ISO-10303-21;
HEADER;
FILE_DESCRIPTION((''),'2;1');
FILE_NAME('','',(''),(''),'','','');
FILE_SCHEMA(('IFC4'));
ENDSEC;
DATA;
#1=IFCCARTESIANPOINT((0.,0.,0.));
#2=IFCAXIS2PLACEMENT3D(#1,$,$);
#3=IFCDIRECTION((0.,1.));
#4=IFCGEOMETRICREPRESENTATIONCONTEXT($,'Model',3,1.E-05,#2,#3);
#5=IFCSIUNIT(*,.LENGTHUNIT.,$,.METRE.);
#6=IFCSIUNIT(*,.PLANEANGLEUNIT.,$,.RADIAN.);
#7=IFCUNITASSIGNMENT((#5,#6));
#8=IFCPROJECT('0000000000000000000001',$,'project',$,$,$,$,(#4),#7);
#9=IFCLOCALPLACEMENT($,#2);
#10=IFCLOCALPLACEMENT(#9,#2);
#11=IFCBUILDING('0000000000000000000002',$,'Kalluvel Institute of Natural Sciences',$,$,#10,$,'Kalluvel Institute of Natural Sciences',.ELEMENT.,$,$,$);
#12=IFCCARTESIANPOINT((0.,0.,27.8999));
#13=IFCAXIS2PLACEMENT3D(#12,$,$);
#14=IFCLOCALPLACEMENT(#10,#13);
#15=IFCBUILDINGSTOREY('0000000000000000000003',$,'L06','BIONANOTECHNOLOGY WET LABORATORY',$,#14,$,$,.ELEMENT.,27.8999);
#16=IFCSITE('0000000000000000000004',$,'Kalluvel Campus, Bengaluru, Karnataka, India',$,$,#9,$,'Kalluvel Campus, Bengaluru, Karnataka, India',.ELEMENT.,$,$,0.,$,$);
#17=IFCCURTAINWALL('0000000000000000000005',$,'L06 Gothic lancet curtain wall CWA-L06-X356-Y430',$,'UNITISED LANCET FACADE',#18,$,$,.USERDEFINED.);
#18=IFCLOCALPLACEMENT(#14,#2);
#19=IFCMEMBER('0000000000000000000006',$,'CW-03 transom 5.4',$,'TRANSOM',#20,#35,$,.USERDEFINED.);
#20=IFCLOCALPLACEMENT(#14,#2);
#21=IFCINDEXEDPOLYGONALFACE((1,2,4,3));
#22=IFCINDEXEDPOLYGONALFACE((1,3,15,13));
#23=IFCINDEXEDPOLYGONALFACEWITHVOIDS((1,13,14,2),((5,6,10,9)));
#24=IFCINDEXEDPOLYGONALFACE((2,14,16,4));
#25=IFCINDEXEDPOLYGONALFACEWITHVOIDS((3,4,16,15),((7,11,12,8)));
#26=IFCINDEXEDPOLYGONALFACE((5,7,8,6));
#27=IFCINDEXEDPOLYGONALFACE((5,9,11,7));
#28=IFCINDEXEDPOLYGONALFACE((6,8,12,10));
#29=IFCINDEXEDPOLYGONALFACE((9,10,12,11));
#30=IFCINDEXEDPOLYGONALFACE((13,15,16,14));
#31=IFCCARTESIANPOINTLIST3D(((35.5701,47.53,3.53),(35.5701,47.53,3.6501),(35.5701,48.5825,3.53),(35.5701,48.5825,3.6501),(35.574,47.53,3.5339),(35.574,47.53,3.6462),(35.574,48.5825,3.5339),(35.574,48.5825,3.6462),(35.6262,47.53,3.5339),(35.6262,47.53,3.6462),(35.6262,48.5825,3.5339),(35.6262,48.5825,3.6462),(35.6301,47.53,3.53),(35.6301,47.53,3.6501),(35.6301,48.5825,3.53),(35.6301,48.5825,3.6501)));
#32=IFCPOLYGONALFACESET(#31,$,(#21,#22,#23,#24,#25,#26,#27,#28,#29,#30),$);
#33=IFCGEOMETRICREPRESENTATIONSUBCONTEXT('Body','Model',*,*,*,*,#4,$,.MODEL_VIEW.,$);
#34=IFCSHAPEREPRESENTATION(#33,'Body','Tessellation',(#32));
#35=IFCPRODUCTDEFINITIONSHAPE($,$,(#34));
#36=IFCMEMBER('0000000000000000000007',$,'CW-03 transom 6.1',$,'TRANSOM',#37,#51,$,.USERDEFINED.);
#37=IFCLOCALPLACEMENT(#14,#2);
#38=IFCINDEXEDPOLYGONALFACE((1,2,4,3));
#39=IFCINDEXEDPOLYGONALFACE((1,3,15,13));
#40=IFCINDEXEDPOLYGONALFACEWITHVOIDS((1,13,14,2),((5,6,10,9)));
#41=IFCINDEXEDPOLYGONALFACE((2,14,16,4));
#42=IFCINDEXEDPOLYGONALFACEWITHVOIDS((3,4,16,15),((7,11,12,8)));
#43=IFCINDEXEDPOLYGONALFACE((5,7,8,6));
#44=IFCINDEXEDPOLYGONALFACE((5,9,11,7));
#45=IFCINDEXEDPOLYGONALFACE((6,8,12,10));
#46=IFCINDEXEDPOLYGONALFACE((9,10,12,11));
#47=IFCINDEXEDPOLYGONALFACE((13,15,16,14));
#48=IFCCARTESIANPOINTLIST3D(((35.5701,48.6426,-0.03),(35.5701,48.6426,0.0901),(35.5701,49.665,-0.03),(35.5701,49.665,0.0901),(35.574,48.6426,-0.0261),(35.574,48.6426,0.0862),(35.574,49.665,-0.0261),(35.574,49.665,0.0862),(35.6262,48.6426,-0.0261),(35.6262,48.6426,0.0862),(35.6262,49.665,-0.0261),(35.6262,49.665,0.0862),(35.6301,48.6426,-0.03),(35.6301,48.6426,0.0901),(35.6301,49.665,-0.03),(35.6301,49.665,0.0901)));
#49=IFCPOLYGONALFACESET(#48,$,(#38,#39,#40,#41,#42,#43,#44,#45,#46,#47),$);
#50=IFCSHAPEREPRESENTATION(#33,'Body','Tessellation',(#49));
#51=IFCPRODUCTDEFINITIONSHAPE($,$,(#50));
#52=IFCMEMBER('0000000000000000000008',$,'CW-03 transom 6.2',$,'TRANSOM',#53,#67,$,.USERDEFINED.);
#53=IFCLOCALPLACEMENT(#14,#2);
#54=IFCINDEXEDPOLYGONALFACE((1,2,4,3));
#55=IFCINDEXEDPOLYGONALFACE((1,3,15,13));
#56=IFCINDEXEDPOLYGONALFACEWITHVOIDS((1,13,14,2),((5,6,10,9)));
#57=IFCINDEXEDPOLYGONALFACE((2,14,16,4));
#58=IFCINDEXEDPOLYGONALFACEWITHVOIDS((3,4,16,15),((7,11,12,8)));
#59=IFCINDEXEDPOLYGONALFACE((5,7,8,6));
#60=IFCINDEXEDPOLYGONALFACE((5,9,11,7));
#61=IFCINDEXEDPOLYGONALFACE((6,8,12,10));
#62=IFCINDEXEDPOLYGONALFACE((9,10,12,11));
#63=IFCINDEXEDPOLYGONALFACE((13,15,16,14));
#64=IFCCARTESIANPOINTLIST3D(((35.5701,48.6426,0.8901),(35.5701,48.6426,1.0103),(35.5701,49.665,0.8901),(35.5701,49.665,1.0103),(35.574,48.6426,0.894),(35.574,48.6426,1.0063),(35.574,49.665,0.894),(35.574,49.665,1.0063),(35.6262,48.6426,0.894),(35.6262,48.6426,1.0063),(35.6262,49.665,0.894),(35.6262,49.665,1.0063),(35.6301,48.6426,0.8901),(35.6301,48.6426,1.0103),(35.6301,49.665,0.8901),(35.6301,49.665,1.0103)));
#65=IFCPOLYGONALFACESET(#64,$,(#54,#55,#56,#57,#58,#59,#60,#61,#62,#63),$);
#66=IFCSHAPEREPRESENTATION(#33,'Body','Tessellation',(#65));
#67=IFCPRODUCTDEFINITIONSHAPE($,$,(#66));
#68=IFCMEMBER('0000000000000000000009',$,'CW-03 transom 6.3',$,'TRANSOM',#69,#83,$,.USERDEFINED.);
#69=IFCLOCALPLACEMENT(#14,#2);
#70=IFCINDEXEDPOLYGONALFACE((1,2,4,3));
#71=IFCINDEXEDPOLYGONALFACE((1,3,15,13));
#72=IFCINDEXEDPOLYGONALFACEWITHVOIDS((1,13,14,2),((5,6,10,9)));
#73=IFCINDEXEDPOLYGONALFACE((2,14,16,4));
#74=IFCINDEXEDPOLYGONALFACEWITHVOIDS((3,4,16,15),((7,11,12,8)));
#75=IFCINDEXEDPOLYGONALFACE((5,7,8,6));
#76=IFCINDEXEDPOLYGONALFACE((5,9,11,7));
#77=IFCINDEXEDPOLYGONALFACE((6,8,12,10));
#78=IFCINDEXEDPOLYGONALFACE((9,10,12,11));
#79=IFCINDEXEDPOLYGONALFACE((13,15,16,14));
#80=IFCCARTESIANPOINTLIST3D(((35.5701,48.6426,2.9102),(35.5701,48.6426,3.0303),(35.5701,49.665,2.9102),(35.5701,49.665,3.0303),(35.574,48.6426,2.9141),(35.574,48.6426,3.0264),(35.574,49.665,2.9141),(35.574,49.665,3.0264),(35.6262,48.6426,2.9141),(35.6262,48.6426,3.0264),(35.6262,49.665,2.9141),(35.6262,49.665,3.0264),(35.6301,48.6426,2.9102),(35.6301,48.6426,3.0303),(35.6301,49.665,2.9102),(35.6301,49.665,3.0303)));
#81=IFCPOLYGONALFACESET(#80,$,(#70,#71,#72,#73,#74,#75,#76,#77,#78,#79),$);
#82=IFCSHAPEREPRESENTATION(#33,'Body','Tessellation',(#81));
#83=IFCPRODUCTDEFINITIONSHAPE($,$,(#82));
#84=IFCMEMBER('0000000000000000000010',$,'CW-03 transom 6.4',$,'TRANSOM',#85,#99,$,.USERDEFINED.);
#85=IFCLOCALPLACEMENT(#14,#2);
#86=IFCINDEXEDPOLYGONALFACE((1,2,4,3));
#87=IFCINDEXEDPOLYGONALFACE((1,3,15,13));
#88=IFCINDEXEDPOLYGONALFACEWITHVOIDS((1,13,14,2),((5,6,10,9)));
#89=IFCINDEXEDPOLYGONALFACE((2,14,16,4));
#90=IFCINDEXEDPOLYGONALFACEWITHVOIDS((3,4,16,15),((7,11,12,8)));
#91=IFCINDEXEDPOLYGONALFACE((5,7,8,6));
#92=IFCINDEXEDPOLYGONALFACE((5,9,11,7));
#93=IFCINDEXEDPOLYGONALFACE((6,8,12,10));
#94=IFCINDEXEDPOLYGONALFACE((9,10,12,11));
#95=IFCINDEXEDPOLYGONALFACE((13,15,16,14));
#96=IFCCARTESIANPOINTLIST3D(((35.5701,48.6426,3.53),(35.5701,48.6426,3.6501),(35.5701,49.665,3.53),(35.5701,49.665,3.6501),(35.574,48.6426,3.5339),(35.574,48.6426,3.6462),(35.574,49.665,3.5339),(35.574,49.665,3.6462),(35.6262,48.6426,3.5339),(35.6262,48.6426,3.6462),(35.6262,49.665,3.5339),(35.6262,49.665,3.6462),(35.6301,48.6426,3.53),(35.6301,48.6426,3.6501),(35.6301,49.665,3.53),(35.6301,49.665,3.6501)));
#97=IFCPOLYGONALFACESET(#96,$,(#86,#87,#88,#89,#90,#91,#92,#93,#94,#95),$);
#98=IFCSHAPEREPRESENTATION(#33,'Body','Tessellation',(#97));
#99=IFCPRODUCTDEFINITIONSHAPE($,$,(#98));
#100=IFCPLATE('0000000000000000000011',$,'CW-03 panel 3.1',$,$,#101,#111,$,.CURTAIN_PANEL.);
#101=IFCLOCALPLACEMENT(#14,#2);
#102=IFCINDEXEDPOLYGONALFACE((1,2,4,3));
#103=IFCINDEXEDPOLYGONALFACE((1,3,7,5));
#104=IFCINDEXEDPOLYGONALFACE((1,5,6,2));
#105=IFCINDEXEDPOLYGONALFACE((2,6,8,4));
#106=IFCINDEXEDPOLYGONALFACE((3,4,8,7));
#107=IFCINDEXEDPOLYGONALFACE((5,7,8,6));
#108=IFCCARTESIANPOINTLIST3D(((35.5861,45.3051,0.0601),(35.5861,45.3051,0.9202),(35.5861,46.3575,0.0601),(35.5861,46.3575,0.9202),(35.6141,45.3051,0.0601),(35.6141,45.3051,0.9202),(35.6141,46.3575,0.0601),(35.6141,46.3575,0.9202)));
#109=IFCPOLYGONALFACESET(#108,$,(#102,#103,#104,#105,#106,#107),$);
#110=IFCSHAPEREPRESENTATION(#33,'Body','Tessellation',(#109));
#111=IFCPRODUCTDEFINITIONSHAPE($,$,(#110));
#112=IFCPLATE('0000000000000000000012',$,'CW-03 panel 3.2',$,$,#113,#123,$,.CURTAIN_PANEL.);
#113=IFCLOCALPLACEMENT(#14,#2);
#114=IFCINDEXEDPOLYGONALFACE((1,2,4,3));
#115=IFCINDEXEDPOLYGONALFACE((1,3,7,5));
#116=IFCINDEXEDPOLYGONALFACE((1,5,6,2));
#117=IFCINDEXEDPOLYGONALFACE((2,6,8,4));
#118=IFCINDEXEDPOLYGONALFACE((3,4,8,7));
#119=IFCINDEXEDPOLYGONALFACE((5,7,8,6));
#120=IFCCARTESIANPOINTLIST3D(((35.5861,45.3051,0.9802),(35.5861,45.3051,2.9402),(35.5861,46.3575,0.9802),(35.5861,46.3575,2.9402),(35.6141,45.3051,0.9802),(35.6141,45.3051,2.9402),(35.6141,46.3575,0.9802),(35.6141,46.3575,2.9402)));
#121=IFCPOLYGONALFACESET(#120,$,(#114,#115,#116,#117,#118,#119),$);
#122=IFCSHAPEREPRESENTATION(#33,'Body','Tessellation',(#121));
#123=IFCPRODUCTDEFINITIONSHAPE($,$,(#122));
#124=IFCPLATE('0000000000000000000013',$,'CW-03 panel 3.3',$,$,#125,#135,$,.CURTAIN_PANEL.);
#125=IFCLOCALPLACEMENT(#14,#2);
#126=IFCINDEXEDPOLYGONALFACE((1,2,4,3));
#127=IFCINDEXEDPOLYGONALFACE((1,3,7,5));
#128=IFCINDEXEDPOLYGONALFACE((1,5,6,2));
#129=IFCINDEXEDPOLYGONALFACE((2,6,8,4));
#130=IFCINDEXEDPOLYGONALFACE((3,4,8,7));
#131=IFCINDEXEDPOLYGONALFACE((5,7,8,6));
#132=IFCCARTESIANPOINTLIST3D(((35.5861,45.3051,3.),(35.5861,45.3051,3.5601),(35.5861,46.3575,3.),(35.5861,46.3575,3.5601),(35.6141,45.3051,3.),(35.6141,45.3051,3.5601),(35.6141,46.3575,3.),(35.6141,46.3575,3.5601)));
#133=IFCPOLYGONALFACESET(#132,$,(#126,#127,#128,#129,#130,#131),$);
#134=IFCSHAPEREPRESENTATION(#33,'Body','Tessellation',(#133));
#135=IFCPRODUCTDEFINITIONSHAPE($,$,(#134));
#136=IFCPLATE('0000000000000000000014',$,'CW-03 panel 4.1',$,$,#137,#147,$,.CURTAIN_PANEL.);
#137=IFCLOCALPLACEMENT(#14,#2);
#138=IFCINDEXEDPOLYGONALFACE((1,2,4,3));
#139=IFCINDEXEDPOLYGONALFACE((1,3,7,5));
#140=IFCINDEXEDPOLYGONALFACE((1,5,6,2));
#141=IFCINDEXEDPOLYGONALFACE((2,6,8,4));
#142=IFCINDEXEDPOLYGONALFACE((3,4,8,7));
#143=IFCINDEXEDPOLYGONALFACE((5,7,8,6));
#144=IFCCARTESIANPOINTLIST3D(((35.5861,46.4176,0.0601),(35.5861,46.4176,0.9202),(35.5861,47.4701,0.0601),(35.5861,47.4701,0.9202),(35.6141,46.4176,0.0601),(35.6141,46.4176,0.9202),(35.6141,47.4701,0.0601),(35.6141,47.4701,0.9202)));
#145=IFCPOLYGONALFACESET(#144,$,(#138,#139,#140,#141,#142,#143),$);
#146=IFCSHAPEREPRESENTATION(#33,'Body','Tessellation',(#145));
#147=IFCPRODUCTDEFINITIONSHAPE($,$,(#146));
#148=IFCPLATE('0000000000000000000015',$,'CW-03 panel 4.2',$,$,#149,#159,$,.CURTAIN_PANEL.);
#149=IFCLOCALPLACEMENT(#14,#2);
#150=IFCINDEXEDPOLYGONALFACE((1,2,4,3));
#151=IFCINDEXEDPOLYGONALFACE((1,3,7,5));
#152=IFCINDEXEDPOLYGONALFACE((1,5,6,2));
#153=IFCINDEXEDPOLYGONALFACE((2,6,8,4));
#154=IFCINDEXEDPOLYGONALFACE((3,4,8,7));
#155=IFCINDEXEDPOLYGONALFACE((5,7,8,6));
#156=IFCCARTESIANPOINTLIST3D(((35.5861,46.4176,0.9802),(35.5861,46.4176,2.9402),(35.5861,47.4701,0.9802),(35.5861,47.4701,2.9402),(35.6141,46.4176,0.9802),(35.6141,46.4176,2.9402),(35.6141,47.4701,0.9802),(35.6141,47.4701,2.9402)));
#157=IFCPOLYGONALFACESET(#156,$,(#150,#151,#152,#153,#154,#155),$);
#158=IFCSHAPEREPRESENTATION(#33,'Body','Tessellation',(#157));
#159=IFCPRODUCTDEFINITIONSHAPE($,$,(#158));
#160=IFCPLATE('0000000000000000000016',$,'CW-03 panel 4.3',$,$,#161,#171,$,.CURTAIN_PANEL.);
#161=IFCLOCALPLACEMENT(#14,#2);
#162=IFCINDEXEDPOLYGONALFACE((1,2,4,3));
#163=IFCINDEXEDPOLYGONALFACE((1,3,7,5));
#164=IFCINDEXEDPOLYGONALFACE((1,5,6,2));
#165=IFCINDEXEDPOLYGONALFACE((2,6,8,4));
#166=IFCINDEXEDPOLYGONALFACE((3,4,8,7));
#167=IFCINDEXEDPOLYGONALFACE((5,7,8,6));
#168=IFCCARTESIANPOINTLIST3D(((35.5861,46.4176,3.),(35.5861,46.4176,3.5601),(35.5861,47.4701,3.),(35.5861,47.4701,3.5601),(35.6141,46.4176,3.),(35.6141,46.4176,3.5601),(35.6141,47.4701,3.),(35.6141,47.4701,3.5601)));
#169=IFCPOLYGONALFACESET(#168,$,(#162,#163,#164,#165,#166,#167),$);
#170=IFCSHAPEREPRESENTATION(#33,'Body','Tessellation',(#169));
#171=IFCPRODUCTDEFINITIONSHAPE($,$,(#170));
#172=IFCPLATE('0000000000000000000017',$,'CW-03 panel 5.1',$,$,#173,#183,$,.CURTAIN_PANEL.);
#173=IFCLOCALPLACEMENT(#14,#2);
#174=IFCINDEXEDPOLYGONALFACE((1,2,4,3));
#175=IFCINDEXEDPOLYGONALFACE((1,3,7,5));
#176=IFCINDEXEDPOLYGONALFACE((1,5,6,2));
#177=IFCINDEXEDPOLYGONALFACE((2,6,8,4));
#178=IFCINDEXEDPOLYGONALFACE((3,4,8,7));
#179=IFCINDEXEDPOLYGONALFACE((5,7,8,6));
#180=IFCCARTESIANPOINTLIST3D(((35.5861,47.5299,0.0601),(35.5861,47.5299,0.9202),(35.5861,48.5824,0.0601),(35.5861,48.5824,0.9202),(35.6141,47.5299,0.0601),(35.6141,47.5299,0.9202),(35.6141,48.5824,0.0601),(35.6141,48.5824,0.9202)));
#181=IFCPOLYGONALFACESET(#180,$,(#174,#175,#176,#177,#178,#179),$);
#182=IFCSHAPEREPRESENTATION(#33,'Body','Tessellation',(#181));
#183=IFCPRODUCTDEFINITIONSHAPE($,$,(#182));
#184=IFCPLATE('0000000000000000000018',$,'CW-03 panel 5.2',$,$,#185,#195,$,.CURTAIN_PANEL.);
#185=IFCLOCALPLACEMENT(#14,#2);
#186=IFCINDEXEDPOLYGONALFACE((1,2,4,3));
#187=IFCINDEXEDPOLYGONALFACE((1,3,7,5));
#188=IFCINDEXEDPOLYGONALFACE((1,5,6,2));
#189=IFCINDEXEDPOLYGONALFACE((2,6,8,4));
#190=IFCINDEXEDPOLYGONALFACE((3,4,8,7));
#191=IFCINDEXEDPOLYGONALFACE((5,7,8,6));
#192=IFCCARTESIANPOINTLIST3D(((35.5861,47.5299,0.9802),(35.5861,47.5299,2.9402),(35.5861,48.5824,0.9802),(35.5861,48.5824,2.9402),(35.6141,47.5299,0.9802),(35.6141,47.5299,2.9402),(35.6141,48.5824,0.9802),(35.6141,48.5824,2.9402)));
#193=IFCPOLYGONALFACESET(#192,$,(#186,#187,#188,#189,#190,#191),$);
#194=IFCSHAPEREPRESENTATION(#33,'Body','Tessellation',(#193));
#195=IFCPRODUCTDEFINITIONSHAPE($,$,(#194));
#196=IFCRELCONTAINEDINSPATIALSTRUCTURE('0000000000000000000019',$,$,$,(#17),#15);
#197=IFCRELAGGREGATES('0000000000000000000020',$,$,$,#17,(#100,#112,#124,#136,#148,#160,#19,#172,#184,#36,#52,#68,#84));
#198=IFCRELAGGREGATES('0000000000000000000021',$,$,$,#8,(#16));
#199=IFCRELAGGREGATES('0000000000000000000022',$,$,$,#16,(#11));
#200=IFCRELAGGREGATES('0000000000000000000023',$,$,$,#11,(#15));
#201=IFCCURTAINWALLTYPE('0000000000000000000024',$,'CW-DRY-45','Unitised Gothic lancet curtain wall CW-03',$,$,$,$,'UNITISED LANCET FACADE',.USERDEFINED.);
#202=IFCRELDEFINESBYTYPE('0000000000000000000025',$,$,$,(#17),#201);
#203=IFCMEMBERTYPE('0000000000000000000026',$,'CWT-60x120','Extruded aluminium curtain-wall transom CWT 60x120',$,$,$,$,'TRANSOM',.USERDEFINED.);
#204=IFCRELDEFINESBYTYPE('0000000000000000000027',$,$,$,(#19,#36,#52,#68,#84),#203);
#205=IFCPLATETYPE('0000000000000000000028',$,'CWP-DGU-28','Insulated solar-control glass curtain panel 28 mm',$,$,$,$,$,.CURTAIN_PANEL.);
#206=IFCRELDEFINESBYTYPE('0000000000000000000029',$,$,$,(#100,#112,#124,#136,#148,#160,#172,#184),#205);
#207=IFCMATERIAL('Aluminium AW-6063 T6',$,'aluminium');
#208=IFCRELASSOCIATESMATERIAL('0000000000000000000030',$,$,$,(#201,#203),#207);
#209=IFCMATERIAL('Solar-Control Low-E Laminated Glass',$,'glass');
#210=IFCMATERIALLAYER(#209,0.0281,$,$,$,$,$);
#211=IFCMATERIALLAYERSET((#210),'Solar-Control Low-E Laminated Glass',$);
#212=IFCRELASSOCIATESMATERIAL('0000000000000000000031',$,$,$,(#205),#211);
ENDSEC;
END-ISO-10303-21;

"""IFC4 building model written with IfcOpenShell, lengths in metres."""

from ifc_helpers import new_model, si_unit, direction, frame, origin, origin_2d, place, context, subcontext, project, spatial, rectangle, hollow_rectangle, extrude, material, layer, layer_set, material_profile, profile_set, type_object, element, aggregate, save


model = new_model("IFC4")

# Units and contexts
model_context = context("Model", 3, precision=1e-05, world=origin(), true_north=direction((0.0, 1.0)))
body_context = subcontext(model_context, "Body", "Model", "MODEL_VIEW")
ifc_project = project(units=[si_unit("LENGTHUNIT", "METRE"), si_unit("PLANEANGLEUNIT", "RADIAN")], contexts=[model_context])

# Site, building, storey
site_placement = place(None, origin())
site = spatial("IfcSite", under=ifc_project, at=site_placement, Name="Kalluvel Campus, Bengaluru, Karnataka, India", LongName="Kalluvel Campus, Bengaluru, Karnataka, India", CompositionType="ELEMENT", RefElevation=0.0)
building_placement = place(site_placement, origin())
building = spatial("IfcBuilding", under=site, at=building_placement, Name="Kalluvel Institute of Natural Sciences", LongName="Kalluvel Institute of Natural Sciences", CompositionType="ELEMENT")
storey_placement = place(building_placement, frame((0.0, 0.0, 27.8999)))
storey = spatial("IfcBuildingStorey", under=building, at=storey_placement, Name="L06", Description="BIONANOTECHNOLOGY WET LABORATORY", CompositionType="ELEMENT", Elevation=27.8999)

# Curtain wall, members, plates
ifc_material_1 = material(Name="Aluminium AW-6063 T6", Category="aluminium")
curtain_wall_type = type_object("IfcCurtainWallType", Name="CW-DRY-45", Description="Unitised Gothic lancet curtain wall CW-03", ElementType="UNITISED LANCET FACADE", PredefinedType="USERDEFINED", material=ifc_material_1)
curtain_wall_placement = place(storey_placement, origin())
curtain_wall = element("IfcCurtainWall", 1, at=curtain_wall_placement, inside=storey, type_object=curtain_wall_type, Name="L06 Gothic lancet curtain wall CWA-L06-X356-Y430", ObjectType="UNITISED LANCET FACADE", PredefinedType="USERDEFINED")
ifc_material_profile_1 = material_profile(ifc_material_1, hollow_rectangle(XDim=0.0601, YDim=0.1201, WallThickness=0.0039, at=origin_2d()), Name="CWT 60x120")
ifc_profile_set_1 = profile_set([ifc_material_profile_1], Name="Aluminium AW-6063 T6")
member_type_1 = type_object("IfcMemberType", Name="CWT-60x120", Description="Extruded aluminium curtain-wall transom CWT 60x120", ElementType="TRANSOM", PredefinedType="USERDEFINED", material=ifc_profile_set_1)
member_1_placement = place(storey_placement, frame((35.6001, 47.53, 3.5901), z_axis=(0.0, 1.0, 0.0), x_axis=(-1.0, 0.0, 0.0)))
member_1 = element("IfcMember", 2, at=member_1_placement, type_object=member_type_1, Name="CW-03 transom 5.4", ObjectType="TRANSOM", PredefinedType="USERDEFINED", context=body_context, shape_type="SweptSolid", body=[
    extrude(hollow_rectangle(XDim=0.0601, YDim=0.1201, WallThickness=0.0039, at=origin_2d()), origin(), (0.0, 0.0, 1.0), 1.0525),
])
member_2_placement = place(storey_placement, frame((35.6001, 48.6426, 0.03), z_axis=(0.0, 1.0, 0.0), x_axis=(-1.0, 0.0, 0.0)))
member_2 = element("IfcMember", 3, at=member_2_placement, type_object=member_type_1, Name="CW-03 transom 6.1", ObjectType="TRANSOM", PredefinedType="USERDEFINED", context=body_context, shape_type="SweptSolid", body=[
    extrude(hollow_rectangle(XDim=0.0601, YDim=0.1201, WallThickness=0.0039, at=origin_2d()), origin(), (0.0, 0.0, 1.0), 1.0225),
])
member_3_placement = place(storey_placement, frame((35.6001, 48.6426, 0.9502), z_axis=(0.0, 1.0, 0.0), x_axis=(-1.0, 0.0, 0.0)))
member_3 = element("IfcMember", 4, at=member_3_placement, type_object=member_type_1, Name="CW-03 transom 6.2", ObjectType="TRANSOM", PredefinedType="USERDEFINED", context=body_context, shape_type="SweptSolid", body=[
    extrude(hollow_rectangle(XDim=0.0601, YDim=0.1201, WallThickness=0.0039, at=origin_2d()), origin(), (0.0, 0.0, 1.0), 1.0225),
])
member_4_placement = place(storey_placement, frame((35.6001, 48.6426, 2.9702), z_axis=(0.0, 1.0, 0.0), x_axis=(-1.0, 0.0, 0.0)))
member_4 = element("IfcMember", 5, at=member_4_placement, type_object=member_type_1, Name="CW-03 transom 6.3", ObjectType="TRANSOM", PredefinedType="USERDEFINED", context=body_context, shape_type="SweptSolid", body=[
    extrude(hollow_rectangle(XDim=0.0601, YDim=0.1201, WallThickness=0.0039, at=origin_2d()), origin(), (0.0, 0.0, 1.0), 1.0225),
])
member_5_placement = place(storey_placement, frame((35.6001, 48.6426, 3.5901), z_axis=(0.0, 1.0, 0.0), x_axis=(-1.0, 0.0, 0.0)))
member_5 = element("IfcMember", 6, at=member_5_placement, type_object=member_type_1, Name="CW-03 transom 6.4", ObjectType="TRANSOM", PredefinedType="USERDEFINED", context=body_context, shape_type="SweptSolid", body=[
    extrude(hollow_rectangle(XDim=0.0601, YDim=0.1201, WallThickness=0.0039, at=origin_2d()), origin(), (0.0, 0.0, 1.0), 1.0225),
])
ifc_material_2 = material(Name="Solar-Control Low-E Laminated Glass", Category="glass")
ifc_layer = layer(ifc_material_2, 0.0281)
ifc_layer_set = layer_set([ifc_layer], Name="Solar-Control Low-E Laminated Glass")
plate_type = type_object("IfcPlateType", Name="CWP-DGU-28", Description="Insulated solar-control glass curtain panel 28 mm", PredefinedType="CURTAIN_PANEL", material=ifc_layer_set)
plate_1_placement = place(storey_placement, frame((35.6001, 45.8313, 0.0601), z_axis=(0.0, 0.0, 1.0), x_axis=(0.0, 1.0, 0.0)))
plate_1 = element("IfcPlate", 7, at=plate_1_placement, type_object=plate_type, Name="CW-03 panel 3.1", PredefinedType="CURTAIN_PANEL", context=body_context, shape_type="SweptSolid", body=[
    extrude(rectangle(XDim=1.0525, YDim=0.0281, at=origin_2d()), origin(), (0.0, 0.0, 1.0), 0.8601),
])
plate_2_placement = place(storey_placement, frame((35.6001, 45.8313, 0.9802), z_axis=(0.0, 0.0, 1.0), x_axis=(0.0, 1.0, 0.0)))
plate_2 = element("IfcPlate", 8, at=plate_2_placement, type_object=plate_type, Name="CW-03 panel 3.2", PredefinedType="CURTAIN_PANEL", context=body_context, shape_type="SweptSolid", body=[
    extrude(rectangle(XDim=1.0525, YDim=0.0281, at=origin_2d()), origin(), (0.0, 0.0, 1.0), 1.96),
])
plate_3_placement = place(storey_placement, frame((35.6001, 45.8313, 3.0), z_axis=(0.0, 0.0, 1.0), x_axis=(0.0, 1.0, 0.0)))
plate_3 = element("IfcPlate", 9, at=plate_3_placement, type_object=plate_type, Name="CW-03 panel 3.3", PredefinedType="CURTAIN_PANEL", context=body_context, shape_type="SweptSolid", body=[
    extrude(rectangle(XDim=1.0525, YDim=0.0281, at=origin_2d()), origin(), (0.0, 0.0, 1.0), 0.5601),
])
plate_4_placement = place(storey_placement, frame((35.6001, 46.9438, 0.0601), z_axis=(0.0, 0.0, 1.0), x_axis=(0.0, 1.0, 0.0)))
plate_4 = element("IfcPlate", 10, at=plate_4_placement, type_object=plate_type, Name="CW-03 panel 4.1", PredefinedType="CURTAIN_PANEL", context=body_context, shape_type="SweptSolid", body=[
    extrude(rectangle(XDim=1.0525, YDim=0.0281, at=origin_2d()), origin(), (0.0, 0.0, 1.0), 0.8601),
])
plate_5_placement = place(storey_placement, frame((35.6001, 46.9438, 0.9802), z_axis=(0.0, 0.0, 1.0), x_axis=(0.0, 1.0, 0.0)))
plate_5 = element("IfcPlate", 11, at=plate_5_placement, type_object=plate_type, Name="CW-03 panel 4.2", PredefinedType="CURTAIN_PANEL", context=body_context, shape_type="SweptSolid", body=[
    extrude(rectangle(XDim=1.0525, YDim=0.0281, at=origin_2d()), origin(), (0.0, 0.0, 1.0), 1.96),
])
plate_6_placement = place(storey_placement, frame((35.6001, 46.9438, 3.0), z_axis=(0.0, 0.0, 1.0), x_axis=(0.0, 1.0, 0.0)))
plate_6 = element("IfcPlate", 12, at=plate_6_placement, type_object=plate_type, Name="CW-03 panel 4.3", PredefinedType="CURTAIN_PANEL", context=body_context, shape_type="SweptSolid", body=[
    extrude(rectangle(XDim=1.0525, YDim=0.0281, at=origin_2d()), origin(), (0.0, 0.0, 1.0), 0.5601),
])
plate_7_placement = place(storey_placement, frame((35.6001, 48.0562, 0.0601), z_axis=(0.0, 0.0, 1.0), x_axis=(0.0, 1.0, 0.0)))
plate_7 = element("IfcPlate", 13, at=plate_7_placement, type_object=plate_type, Name="CW-03 panel 5.1", PredefinedType="CURTAIN_PANEL", context=body_context, shape_type="SweptSolid", body=[
    extrude(rectangle(XDim=1.0525, YDim=0.0281, at=origin_2d()), origin(), (0.0, 0.0, 1.0), 0.8601),
])
plate_8_placement = place(storey_placement, frame((35.6001, 48.0562, 0.9802), z_axis=(0.0, 0.0, 1.0), x_axis=(0.0, 1.0, 0.0)))
plate_8 = element("IfcPlate", 14, at=plate_8_placement, type_object=plate_type, Name="CW-03 panel 5.2", PredefinedType="CURTAIN_PANEL", context=body_context, shape_type="SweptSolid", body=[
    extrude(rectangle(XDim=1.0525, YDim=0.0281, at=origin_2d()), origin(), (0.0, 0.0, 1.0), 1.96),
])
aggregate(curtain_wall, [plate_1, plate_2, plate_3, plate_4, plate_5, plate_6, member_1, plate_7, plate_8, member_2, member_3, member_4, member_5])

save(model, "model.ifc")
